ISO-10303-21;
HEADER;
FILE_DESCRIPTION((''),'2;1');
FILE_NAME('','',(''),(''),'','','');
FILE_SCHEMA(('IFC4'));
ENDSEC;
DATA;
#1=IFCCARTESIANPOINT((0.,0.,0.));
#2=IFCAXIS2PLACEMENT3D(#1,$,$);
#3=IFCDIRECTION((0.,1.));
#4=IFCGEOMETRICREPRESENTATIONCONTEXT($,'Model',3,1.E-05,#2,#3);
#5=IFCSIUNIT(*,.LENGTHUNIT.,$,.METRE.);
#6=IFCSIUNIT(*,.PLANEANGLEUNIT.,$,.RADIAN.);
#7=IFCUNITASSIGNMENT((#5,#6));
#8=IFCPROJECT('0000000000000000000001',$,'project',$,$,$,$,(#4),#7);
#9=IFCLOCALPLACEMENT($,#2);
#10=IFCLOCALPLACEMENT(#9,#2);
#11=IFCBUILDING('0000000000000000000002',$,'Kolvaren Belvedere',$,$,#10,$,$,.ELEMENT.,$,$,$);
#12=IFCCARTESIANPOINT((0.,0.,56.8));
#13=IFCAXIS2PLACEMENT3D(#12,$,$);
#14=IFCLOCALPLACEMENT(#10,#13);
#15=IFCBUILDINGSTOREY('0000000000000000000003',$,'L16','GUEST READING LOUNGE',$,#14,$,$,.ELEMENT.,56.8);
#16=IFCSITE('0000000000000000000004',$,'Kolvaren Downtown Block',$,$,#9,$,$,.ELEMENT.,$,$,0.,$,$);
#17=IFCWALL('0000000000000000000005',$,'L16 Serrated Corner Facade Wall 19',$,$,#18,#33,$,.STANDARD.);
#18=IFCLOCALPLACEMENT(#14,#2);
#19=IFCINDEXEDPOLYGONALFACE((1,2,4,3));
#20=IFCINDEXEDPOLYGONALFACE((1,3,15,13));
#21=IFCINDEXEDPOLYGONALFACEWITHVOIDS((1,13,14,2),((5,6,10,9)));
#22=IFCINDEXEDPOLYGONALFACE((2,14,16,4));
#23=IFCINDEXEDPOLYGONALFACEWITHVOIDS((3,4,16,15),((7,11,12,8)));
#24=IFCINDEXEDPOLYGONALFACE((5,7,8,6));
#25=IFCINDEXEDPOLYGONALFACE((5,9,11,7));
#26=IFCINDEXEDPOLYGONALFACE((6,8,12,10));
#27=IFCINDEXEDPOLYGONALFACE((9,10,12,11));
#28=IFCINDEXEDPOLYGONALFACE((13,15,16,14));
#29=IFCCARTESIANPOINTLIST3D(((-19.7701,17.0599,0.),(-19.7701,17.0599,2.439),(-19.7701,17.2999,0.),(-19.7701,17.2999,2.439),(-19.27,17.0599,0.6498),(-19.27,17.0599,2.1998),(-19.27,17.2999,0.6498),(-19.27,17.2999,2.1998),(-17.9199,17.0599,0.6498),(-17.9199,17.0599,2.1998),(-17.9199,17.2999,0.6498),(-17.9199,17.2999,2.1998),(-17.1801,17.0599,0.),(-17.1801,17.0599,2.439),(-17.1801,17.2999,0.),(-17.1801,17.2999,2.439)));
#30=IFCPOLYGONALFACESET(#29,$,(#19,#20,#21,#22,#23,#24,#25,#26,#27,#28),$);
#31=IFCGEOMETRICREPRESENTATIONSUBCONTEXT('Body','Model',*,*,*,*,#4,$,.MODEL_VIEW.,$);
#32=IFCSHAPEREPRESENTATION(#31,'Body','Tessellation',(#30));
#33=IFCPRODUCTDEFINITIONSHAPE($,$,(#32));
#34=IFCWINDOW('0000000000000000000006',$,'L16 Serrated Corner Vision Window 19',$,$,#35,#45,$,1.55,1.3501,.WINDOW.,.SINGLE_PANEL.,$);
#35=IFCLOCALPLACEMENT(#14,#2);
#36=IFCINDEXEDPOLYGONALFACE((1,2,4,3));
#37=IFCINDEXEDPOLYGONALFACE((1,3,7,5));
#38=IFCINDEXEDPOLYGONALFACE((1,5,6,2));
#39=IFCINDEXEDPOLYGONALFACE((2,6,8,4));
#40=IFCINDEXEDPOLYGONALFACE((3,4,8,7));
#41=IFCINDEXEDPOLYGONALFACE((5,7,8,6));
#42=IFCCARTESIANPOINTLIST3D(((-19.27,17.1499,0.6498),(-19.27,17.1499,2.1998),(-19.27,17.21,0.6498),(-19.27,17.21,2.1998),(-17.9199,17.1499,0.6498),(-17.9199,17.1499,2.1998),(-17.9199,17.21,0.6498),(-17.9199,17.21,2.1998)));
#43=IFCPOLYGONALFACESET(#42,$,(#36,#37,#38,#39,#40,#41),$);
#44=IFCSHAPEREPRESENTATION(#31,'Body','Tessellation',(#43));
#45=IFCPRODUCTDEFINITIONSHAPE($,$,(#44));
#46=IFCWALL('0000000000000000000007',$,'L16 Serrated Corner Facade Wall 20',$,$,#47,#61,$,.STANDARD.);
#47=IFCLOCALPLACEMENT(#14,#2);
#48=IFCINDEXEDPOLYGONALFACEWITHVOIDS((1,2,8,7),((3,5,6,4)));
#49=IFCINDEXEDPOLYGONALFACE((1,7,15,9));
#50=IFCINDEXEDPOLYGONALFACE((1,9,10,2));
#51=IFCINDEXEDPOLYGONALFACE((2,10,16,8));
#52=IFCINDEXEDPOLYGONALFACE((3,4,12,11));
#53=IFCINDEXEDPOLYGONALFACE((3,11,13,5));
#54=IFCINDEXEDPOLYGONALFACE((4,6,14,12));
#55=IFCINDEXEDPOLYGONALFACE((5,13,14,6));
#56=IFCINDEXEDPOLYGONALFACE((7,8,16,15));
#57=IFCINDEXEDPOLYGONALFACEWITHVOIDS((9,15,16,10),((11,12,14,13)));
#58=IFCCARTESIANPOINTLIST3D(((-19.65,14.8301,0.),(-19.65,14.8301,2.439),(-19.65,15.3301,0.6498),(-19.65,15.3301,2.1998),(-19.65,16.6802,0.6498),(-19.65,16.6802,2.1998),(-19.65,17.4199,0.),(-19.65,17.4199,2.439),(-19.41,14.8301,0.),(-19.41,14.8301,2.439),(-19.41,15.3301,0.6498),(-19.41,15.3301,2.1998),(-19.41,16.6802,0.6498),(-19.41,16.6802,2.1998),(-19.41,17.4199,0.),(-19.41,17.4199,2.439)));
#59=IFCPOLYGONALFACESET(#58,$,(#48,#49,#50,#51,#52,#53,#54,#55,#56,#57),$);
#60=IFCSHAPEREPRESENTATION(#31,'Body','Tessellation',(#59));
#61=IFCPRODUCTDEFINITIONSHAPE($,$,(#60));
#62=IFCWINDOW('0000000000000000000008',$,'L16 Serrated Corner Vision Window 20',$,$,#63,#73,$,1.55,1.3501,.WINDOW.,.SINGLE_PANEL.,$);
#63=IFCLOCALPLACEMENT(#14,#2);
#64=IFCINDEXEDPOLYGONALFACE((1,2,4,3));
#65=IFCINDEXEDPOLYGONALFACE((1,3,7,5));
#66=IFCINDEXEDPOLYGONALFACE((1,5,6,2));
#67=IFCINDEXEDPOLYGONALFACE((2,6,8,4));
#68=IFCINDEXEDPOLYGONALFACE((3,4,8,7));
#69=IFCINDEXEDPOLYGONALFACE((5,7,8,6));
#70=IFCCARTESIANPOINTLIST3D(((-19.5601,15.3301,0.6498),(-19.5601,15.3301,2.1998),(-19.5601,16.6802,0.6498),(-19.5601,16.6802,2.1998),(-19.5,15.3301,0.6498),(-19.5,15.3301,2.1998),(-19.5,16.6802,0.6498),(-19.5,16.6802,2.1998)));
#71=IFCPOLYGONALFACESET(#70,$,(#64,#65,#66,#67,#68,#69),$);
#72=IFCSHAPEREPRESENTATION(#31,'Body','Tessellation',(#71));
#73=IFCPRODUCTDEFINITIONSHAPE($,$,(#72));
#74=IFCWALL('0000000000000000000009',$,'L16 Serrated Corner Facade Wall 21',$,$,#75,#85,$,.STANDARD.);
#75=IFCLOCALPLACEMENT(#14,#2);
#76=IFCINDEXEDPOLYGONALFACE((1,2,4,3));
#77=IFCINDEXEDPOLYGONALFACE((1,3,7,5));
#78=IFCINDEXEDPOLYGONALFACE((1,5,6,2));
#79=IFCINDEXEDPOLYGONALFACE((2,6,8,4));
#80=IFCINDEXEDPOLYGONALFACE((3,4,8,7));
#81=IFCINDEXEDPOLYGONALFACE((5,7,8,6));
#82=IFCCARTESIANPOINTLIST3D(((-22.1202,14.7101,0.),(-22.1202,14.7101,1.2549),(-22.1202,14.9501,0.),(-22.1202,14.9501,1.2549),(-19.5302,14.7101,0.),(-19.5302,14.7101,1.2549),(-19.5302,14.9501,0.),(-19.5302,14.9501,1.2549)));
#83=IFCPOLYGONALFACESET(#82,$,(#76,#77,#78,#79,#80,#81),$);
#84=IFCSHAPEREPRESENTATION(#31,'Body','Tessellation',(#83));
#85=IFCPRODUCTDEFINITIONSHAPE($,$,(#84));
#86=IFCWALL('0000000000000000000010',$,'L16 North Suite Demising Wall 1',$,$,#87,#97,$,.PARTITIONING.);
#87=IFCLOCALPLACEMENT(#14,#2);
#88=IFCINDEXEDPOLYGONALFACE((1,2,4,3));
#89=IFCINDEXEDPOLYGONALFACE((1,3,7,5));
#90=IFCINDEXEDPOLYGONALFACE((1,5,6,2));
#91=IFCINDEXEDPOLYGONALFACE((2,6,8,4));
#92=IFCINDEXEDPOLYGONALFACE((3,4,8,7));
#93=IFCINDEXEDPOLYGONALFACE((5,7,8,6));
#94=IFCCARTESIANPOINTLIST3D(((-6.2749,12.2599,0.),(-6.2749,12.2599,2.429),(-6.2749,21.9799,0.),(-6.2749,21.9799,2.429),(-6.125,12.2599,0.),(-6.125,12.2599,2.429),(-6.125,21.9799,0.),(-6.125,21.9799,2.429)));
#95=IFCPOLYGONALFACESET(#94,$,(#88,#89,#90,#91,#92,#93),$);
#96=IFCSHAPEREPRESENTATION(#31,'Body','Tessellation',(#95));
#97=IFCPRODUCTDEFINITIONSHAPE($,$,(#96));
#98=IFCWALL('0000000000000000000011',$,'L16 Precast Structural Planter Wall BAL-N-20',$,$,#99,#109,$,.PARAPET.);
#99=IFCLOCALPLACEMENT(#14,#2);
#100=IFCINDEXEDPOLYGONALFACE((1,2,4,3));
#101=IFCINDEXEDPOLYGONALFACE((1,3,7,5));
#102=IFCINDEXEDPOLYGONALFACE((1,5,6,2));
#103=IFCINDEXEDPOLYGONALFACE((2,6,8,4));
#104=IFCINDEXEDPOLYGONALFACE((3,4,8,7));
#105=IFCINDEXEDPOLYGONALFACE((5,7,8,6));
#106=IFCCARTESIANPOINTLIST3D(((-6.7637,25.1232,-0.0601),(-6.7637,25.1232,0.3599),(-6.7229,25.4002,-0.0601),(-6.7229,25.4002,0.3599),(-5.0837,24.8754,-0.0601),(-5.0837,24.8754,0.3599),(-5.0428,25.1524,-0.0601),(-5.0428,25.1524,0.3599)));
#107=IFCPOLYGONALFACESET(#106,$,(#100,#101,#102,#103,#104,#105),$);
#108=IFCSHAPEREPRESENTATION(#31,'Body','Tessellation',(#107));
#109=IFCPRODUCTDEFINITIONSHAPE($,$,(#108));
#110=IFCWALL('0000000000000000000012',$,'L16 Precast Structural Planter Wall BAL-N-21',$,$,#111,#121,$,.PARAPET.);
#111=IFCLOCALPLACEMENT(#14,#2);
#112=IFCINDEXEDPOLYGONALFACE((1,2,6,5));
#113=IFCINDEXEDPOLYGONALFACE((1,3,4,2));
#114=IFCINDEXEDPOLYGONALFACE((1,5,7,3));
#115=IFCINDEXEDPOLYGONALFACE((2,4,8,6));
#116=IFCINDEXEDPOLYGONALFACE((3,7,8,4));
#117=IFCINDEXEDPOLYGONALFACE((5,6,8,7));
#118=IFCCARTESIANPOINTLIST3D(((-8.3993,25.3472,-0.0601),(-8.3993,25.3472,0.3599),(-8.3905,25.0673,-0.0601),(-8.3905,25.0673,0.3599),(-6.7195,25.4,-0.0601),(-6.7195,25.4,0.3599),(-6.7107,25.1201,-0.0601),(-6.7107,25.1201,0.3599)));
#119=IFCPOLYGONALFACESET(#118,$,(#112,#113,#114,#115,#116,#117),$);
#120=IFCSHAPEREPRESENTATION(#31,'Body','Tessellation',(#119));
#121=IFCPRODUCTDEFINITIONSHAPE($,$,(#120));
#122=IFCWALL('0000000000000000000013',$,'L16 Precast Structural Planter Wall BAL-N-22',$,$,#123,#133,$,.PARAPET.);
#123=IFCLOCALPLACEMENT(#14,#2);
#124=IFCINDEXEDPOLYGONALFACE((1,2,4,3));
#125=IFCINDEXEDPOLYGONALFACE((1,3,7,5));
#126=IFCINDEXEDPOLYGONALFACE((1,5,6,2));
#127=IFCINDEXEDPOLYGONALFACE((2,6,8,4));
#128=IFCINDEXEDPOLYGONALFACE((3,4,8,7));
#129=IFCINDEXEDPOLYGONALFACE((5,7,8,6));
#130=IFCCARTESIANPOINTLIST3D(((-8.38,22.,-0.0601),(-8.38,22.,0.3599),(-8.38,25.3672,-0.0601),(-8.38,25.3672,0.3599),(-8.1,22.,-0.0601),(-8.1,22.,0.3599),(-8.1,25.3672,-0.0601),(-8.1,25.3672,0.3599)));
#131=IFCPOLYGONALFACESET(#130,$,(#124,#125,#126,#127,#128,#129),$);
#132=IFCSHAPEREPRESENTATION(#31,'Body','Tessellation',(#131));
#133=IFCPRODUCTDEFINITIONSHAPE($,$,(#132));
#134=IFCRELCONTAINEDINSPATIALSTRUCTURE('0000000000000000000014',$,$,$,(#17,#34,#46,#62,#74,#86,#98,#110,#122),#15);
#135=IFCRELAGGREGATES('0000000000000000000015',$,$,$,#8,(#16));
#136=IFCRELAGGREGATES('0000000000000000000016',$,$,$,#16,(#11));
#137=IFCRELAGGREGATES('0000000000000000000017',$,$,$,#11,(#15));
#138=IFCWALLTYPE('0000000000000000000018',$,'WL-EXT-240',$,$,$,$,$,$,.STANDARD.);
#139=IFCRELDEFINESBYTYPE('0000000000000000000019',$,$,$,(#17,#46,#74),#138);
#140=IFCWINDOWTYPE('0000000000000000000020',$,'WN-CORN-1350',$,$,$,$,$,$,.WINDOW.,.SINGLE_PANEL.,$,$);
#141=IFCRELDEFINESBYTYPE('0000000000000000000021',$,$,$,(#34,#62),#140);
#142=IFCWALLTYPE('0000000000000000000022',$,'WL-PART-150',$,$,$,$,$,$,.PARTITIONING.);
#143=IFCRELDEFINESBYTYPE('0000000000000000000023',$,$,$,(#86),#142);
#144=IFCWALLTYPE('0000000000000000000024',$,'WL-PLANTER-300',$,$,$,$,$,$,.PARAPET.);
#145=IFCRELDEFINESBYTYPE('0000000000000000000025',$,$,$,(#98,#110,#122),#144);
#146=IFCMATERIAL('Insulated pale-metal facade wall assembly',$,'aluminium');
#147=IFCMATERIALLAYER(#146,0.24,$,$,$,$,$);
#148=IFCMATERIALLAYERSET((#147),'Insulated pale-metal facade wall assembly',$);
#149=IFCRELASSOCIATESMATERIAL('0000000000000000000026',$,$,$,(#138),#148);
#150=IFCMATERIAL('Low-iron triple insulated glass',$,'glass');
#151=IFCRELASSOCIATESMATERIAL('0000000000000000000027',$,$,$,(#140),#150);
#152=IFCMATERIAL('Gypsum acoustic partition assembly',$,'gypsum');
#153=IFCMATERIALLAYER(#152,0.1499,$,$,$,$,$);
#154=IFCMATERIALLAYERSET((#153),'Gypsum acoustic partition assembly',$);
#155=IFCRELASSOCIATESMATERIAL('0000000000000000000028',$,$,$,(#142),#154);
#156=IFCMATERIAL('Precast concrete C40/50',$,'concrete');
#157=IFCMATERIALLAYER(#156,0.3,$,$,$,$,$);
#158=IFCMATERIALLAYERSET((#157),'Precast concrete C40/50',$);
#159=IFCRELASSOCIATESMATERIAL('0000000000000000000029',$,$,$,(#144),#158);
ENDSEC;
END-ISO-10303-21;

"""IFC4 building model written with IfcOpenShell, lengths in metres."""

from ifc_helpers import new_model, si_unit, direction, frame, frame_2d, origin, place, context, subcontext, project, spatial, rectangle, extrude, material, layer, layer_set, type_object, element, fill, save


model = new_model("IFC4")

# Units and contexts
model_context = context("Model", 3, precision=1e-05, world=origin(), true_north=direction((0.0, 1.0)))
body_context = subcontext(model_context, "Body", "Model", "MODEL_VIEW")
ifc_project = project(units=[si_unit("LENGTHUNIT", "METRE"), si_unit("PLANEANGLEUNIT", "RADIAN")], contexts=[model_context])

# Site, building, storey
site_placement = place(None, origin())
site = spatial("IfcSite", under=ifc_project, at=site_placement, Name="Kolvaren Downtown Block", CompositionType="ELEMENT", RefElevation=0.0)
building_placement = place(site_placement, origin())
building = spatial("IfcBuilding", under=site, at=building_placement, Name="Kolvaren Belvedere", CompositionType="ELEMENT")
storey_placement = place(building_placement, frame((0.0, 0.0, 56.8)))
storey = spatial("IfcBuildingStorey", under=building, at=storey_placement, Name="L16", Description="GUEST READING LOUNGE", CompositionType="ELEMENT", Elevation=56.8)

# Shared definitions
ifc_material_1 = material(Name="Insulated pale-metal facade wall assembly", Category="aluminium")
ifc_layer_1 = layer(ifc_material_1, 0.24)
ifc_layer_set_1 = layer_set([ifc_layer_1], Name="Insulated pale-metal facade wall assembly")
wall_type_1 = type_object("IfcWallType", Name="WL-EXT-240", PredefinedType="STANDARD", material=ifc_layer_set_1)

# Walls, openings, windows
ifc_material_2 = material(Name="Low-iron triple insulated glass", Category="glass")
window_type = type_object("IfcWindowType", Name="WN-CORN-1350", PartitioningType="SINGLE_PANEL", PredefinedType="WINDOW", material=ifc_material_2)
wall_1_placement = place(storey_placement, frame((-19.77, 17.1799, 0.0), z_axis=(0.0, 0.0, 1.0), x_axis=(1.0, 0.0, 0.0)))
wall_1 = element("IfcWall", 1, at=wall_1_placement, inside=storey, type_object=wall_type_1, Name="L16 Serrated Corner Facade Wall 19", PredefinedType="STANDARD", context=body_context, shape_type="SweptSolid", body=[
    extrude(rectangle(XDim=2.5901, YDim=0.24, at=frame_2d((1.2949, 0.0))), origin(), (0.0, 0.0, 1.0), 2.439),
])
opening_1_placement = place(wall_1_placement, frame((0.5, 0.0, 0.6499)))
opening_1 = element("IfcOpeningElement", 2, at=opening_1_placement, cuts=wall_1, PredefinedType="OPENING", context=body_context, shape_type="SweptSolid", body=[
    extrude(rectangle(XDim=1.3501, YDim=1.55, at=frame_2d((0.675, 0.7749))), frame((0.0, 0.1299, 0.0), z_axis=(0.0, -1.0, 0.0), x_axis=(1.0, 0.0, 0.0)), (0.0, 0.0, 1.0), 0.26),
])
window_1_placement = place(opening_1_placement, origin())
window_1 = element("IfcWindow", 3, at=window_1_placement, inside=storey, type_object=window_type, Name="L16 Serrated Corner Vision Window 19", OverallHeight=1.55, OverallWidth=1.3501, PartitioningType="SINGLE_PANEL", PredefinedType="WINDOW", context=body_context, shape_type="SweptSolid", body=[
    extrude(rectangle(XDim=1.3501, YDim=1.55, at=frame_2d((0.675, 0.7749))), frame((0.0, 0.03, 0.0), z_axis=(0.0, -1.0, 0.0), x_axis=(1.0, 0.0, 0.0)), (0.0, 0.0, 1.0), 0.0601),
])
fill(opening_1, window_1)
wall_2_placement = place(storey_placement, frame((-19.53, 14.8301, 0.0), z_axis=(0.0, 0.0, 1.0), x_axis=(0.0, 1.0, 0.0)))
wall_2 = element("IfcWall", 4, at=wall_2_placement, inside=storey, type_object=wall_type_1, Name="L16 Serrated Corner Facade Wall 20", PredefinedType="STANDARD", context=body_context, shape_type="SweptSolid", body=[
    extrude(rectangle(XDim=2.5898, YDim=0.24, at=frame_2d((1.2949, 0.0))), origin(), (0.0, 0.0, 1.0), 2.439),
])
opening_2_placement = place(wall_2_placement, frame((0.5, 0.0, 0.6499)))
opening_2 = element("IfcOpeningElement", 5, at=opening_2_placement, cuts=wall_2, PredefinedType="OPENING", context=body_context, shape_type="SweptSolid", body=[
    extrude(rectangle(XDim=1.3501, YDim=1.55, at=frame_2d((0.675, 0.7749))), frame((0.0, 0.1299, 0.0), z_axis=(0.0, -1.0, 0.0), x_axis=(1.0, 0.0, 0.0)), (0.0, 0.0, 1.0), 0.26),
])
window_2_placement = place(opening_2_placement, origin())
window_2 = element("IfcWindow", 6, at=window_2_placement, inside=storey, type_object=window_type, Name="L16 Serrated Corner Vision Window 20", OverallHeight=1.55, OverallWidth=1.3501, PartitioningType="SINGLE_PANEL", PredefinedType="WINDOW", context=body_context, shape_type="SweptSolid", body=[
    extrude(rectangle(XDim=1.3501, YDim=1.55, at=frame_2d((0.675, 0.7749))), frame((0.0, 0.03, 0.0), z_axis=(0.0, -1.0, 0.0), x_axis=(1.0, 0.0, 0.0)), (0.0, 0.0, 1.0), 0.0601),
])
fill(opening_2, window_2)

# Walls
wall_3_placement = place(storey_placement, frame((-22.1201, 14.8301, 0.0), z_axis=(0.0, 0.0, 1.0), x_axis=(1.0, 0.0, 0.0)))
element("IfcWall", 7, at=wall_3_placement, inside=storey, type_object=wall_type_1, Name="L16 Serrated Corner Facade Wall 21", PredefinedType="STANDARD", context=body_context, shape_type="SweptSolid", body=[
    extrude(rectangle(XDim=2.5901, YDim=0.24, at=frame_2d((1.2949, 0.0))), origin(), (0.0, 0.0, 1.0), 1.2549),
])
ifc_material_3 = material(Name="Gypsum acoustic partition assembly", Category="gypsum")
ifc_layer_2 = layer(ifc_material_3, 0.1499)
ifc_layer_set_2 = layer_set([ifc_layer_2], Name="Gypsum acoustic partition assembly")
wall_type_2 = type_object("IfcWallType", Name="WL-PART-150", PredefinedType="PARTITIONING", material=ifc_layer_set_2)
wall_4_placement = place(storey_placement, frame((-6.2, 12.26, 0.0), z_axis=(0.0, 0.0, 1.0), x_axis=(0.0, 1.0, 0.0)))
element("IfcWall", 8, at=wall_4_placement, inside=storey, type_object=wall_type_2, Name="L16 North Suite Demising Wall 1", PredefinedType="PARTITIONING", context=body_context, shape_type="SweptSolid", body=[
    extrude(rectangle(XDim=9.72, YDim=0.1499, at=frame_2d((4.8599, 0.0))), origin(), (0.0, 0.0, 1.0), 2.429),
])
ifc_material_4 = material(Name="Precast concrete C40/50", Category="concrete")
ifc_layer_3 = layer(ifc_material_4, 0.3)
ifc_layer_set_3 = layer_set([ifc_layer_3], Name="Precast concrete C40/50")
wall_type_3 = type_object("IfcWallType", Name="WL-PLANTER-300", PredefinedType="PARAPET", material=ifc_layer_set_3)
wall_5_placement = place(storey_placement, frame((-5.0632, 25.0139, -0.0601), z_axis=(0.0, 0.0, 1.0), x_axis=(-0.989298, 0.145908, 0.0)))
element("IfcWall", 9, at=wall_5_placement, inside=storey, type_object=wall_type_3, Name="L16 Precast Structural Planter Wall BAL-N-20", PredefinedType="PARAPET", context=body_context, shape_type="SweptSolid", body=[
    extrude(rectangle(XDim=1.6982, YDim=0.28, at=frame_2d((0.8491, 0.0))), origin(), (0.0, 0.0, 1.0), 0.4199),
])
wall_6_placement = place(storey_placement, frame((-6.7151, 25.26, -0.0601), z_axis=(0.0, 0.0, 1.0), x_axis=(-0.999508, -0.031375, 0.0)))
element("IfcWall", 10, at=wall_6_placement, inside=storey, type_object=wall_type_3, Name="L16 Precast Structural Planter Wall BAL-N-21", PredefinedType="PARAPET", context=body_context, shape_type="SweptSolid", body=[
    extrude(rectangle(XDim=1.6807, YDim=0.28, at=frame_2d((0.8403, 0.0))), origin(), (0.0, 0.0, 1.0), 0.4199),
])
wall_7_placement = place(storey_placement, frame((-8.24, 25.3672, -0.0601), z_axis=(0.0, 0.0, 1.0), x_axis=(0.0, -1.0, 0.0)))
element("IfcWall", 11, at=wall_7_placement, inside=storey, type_object=wall_type_3, Name="L16 Precast Structural Planter Wall BAL-N-22", PredefinedType="PARAPET", context=body_context, shape_type="SweptSolid", body=[
    extrude(rectangle(XDim=3.3672, YDim=0.28, at=frame_2d((1.6836, 0.0))), origin(), (0.0, 0.0, 1.0), 0.4199),
])

save(model, "model.ifc")
